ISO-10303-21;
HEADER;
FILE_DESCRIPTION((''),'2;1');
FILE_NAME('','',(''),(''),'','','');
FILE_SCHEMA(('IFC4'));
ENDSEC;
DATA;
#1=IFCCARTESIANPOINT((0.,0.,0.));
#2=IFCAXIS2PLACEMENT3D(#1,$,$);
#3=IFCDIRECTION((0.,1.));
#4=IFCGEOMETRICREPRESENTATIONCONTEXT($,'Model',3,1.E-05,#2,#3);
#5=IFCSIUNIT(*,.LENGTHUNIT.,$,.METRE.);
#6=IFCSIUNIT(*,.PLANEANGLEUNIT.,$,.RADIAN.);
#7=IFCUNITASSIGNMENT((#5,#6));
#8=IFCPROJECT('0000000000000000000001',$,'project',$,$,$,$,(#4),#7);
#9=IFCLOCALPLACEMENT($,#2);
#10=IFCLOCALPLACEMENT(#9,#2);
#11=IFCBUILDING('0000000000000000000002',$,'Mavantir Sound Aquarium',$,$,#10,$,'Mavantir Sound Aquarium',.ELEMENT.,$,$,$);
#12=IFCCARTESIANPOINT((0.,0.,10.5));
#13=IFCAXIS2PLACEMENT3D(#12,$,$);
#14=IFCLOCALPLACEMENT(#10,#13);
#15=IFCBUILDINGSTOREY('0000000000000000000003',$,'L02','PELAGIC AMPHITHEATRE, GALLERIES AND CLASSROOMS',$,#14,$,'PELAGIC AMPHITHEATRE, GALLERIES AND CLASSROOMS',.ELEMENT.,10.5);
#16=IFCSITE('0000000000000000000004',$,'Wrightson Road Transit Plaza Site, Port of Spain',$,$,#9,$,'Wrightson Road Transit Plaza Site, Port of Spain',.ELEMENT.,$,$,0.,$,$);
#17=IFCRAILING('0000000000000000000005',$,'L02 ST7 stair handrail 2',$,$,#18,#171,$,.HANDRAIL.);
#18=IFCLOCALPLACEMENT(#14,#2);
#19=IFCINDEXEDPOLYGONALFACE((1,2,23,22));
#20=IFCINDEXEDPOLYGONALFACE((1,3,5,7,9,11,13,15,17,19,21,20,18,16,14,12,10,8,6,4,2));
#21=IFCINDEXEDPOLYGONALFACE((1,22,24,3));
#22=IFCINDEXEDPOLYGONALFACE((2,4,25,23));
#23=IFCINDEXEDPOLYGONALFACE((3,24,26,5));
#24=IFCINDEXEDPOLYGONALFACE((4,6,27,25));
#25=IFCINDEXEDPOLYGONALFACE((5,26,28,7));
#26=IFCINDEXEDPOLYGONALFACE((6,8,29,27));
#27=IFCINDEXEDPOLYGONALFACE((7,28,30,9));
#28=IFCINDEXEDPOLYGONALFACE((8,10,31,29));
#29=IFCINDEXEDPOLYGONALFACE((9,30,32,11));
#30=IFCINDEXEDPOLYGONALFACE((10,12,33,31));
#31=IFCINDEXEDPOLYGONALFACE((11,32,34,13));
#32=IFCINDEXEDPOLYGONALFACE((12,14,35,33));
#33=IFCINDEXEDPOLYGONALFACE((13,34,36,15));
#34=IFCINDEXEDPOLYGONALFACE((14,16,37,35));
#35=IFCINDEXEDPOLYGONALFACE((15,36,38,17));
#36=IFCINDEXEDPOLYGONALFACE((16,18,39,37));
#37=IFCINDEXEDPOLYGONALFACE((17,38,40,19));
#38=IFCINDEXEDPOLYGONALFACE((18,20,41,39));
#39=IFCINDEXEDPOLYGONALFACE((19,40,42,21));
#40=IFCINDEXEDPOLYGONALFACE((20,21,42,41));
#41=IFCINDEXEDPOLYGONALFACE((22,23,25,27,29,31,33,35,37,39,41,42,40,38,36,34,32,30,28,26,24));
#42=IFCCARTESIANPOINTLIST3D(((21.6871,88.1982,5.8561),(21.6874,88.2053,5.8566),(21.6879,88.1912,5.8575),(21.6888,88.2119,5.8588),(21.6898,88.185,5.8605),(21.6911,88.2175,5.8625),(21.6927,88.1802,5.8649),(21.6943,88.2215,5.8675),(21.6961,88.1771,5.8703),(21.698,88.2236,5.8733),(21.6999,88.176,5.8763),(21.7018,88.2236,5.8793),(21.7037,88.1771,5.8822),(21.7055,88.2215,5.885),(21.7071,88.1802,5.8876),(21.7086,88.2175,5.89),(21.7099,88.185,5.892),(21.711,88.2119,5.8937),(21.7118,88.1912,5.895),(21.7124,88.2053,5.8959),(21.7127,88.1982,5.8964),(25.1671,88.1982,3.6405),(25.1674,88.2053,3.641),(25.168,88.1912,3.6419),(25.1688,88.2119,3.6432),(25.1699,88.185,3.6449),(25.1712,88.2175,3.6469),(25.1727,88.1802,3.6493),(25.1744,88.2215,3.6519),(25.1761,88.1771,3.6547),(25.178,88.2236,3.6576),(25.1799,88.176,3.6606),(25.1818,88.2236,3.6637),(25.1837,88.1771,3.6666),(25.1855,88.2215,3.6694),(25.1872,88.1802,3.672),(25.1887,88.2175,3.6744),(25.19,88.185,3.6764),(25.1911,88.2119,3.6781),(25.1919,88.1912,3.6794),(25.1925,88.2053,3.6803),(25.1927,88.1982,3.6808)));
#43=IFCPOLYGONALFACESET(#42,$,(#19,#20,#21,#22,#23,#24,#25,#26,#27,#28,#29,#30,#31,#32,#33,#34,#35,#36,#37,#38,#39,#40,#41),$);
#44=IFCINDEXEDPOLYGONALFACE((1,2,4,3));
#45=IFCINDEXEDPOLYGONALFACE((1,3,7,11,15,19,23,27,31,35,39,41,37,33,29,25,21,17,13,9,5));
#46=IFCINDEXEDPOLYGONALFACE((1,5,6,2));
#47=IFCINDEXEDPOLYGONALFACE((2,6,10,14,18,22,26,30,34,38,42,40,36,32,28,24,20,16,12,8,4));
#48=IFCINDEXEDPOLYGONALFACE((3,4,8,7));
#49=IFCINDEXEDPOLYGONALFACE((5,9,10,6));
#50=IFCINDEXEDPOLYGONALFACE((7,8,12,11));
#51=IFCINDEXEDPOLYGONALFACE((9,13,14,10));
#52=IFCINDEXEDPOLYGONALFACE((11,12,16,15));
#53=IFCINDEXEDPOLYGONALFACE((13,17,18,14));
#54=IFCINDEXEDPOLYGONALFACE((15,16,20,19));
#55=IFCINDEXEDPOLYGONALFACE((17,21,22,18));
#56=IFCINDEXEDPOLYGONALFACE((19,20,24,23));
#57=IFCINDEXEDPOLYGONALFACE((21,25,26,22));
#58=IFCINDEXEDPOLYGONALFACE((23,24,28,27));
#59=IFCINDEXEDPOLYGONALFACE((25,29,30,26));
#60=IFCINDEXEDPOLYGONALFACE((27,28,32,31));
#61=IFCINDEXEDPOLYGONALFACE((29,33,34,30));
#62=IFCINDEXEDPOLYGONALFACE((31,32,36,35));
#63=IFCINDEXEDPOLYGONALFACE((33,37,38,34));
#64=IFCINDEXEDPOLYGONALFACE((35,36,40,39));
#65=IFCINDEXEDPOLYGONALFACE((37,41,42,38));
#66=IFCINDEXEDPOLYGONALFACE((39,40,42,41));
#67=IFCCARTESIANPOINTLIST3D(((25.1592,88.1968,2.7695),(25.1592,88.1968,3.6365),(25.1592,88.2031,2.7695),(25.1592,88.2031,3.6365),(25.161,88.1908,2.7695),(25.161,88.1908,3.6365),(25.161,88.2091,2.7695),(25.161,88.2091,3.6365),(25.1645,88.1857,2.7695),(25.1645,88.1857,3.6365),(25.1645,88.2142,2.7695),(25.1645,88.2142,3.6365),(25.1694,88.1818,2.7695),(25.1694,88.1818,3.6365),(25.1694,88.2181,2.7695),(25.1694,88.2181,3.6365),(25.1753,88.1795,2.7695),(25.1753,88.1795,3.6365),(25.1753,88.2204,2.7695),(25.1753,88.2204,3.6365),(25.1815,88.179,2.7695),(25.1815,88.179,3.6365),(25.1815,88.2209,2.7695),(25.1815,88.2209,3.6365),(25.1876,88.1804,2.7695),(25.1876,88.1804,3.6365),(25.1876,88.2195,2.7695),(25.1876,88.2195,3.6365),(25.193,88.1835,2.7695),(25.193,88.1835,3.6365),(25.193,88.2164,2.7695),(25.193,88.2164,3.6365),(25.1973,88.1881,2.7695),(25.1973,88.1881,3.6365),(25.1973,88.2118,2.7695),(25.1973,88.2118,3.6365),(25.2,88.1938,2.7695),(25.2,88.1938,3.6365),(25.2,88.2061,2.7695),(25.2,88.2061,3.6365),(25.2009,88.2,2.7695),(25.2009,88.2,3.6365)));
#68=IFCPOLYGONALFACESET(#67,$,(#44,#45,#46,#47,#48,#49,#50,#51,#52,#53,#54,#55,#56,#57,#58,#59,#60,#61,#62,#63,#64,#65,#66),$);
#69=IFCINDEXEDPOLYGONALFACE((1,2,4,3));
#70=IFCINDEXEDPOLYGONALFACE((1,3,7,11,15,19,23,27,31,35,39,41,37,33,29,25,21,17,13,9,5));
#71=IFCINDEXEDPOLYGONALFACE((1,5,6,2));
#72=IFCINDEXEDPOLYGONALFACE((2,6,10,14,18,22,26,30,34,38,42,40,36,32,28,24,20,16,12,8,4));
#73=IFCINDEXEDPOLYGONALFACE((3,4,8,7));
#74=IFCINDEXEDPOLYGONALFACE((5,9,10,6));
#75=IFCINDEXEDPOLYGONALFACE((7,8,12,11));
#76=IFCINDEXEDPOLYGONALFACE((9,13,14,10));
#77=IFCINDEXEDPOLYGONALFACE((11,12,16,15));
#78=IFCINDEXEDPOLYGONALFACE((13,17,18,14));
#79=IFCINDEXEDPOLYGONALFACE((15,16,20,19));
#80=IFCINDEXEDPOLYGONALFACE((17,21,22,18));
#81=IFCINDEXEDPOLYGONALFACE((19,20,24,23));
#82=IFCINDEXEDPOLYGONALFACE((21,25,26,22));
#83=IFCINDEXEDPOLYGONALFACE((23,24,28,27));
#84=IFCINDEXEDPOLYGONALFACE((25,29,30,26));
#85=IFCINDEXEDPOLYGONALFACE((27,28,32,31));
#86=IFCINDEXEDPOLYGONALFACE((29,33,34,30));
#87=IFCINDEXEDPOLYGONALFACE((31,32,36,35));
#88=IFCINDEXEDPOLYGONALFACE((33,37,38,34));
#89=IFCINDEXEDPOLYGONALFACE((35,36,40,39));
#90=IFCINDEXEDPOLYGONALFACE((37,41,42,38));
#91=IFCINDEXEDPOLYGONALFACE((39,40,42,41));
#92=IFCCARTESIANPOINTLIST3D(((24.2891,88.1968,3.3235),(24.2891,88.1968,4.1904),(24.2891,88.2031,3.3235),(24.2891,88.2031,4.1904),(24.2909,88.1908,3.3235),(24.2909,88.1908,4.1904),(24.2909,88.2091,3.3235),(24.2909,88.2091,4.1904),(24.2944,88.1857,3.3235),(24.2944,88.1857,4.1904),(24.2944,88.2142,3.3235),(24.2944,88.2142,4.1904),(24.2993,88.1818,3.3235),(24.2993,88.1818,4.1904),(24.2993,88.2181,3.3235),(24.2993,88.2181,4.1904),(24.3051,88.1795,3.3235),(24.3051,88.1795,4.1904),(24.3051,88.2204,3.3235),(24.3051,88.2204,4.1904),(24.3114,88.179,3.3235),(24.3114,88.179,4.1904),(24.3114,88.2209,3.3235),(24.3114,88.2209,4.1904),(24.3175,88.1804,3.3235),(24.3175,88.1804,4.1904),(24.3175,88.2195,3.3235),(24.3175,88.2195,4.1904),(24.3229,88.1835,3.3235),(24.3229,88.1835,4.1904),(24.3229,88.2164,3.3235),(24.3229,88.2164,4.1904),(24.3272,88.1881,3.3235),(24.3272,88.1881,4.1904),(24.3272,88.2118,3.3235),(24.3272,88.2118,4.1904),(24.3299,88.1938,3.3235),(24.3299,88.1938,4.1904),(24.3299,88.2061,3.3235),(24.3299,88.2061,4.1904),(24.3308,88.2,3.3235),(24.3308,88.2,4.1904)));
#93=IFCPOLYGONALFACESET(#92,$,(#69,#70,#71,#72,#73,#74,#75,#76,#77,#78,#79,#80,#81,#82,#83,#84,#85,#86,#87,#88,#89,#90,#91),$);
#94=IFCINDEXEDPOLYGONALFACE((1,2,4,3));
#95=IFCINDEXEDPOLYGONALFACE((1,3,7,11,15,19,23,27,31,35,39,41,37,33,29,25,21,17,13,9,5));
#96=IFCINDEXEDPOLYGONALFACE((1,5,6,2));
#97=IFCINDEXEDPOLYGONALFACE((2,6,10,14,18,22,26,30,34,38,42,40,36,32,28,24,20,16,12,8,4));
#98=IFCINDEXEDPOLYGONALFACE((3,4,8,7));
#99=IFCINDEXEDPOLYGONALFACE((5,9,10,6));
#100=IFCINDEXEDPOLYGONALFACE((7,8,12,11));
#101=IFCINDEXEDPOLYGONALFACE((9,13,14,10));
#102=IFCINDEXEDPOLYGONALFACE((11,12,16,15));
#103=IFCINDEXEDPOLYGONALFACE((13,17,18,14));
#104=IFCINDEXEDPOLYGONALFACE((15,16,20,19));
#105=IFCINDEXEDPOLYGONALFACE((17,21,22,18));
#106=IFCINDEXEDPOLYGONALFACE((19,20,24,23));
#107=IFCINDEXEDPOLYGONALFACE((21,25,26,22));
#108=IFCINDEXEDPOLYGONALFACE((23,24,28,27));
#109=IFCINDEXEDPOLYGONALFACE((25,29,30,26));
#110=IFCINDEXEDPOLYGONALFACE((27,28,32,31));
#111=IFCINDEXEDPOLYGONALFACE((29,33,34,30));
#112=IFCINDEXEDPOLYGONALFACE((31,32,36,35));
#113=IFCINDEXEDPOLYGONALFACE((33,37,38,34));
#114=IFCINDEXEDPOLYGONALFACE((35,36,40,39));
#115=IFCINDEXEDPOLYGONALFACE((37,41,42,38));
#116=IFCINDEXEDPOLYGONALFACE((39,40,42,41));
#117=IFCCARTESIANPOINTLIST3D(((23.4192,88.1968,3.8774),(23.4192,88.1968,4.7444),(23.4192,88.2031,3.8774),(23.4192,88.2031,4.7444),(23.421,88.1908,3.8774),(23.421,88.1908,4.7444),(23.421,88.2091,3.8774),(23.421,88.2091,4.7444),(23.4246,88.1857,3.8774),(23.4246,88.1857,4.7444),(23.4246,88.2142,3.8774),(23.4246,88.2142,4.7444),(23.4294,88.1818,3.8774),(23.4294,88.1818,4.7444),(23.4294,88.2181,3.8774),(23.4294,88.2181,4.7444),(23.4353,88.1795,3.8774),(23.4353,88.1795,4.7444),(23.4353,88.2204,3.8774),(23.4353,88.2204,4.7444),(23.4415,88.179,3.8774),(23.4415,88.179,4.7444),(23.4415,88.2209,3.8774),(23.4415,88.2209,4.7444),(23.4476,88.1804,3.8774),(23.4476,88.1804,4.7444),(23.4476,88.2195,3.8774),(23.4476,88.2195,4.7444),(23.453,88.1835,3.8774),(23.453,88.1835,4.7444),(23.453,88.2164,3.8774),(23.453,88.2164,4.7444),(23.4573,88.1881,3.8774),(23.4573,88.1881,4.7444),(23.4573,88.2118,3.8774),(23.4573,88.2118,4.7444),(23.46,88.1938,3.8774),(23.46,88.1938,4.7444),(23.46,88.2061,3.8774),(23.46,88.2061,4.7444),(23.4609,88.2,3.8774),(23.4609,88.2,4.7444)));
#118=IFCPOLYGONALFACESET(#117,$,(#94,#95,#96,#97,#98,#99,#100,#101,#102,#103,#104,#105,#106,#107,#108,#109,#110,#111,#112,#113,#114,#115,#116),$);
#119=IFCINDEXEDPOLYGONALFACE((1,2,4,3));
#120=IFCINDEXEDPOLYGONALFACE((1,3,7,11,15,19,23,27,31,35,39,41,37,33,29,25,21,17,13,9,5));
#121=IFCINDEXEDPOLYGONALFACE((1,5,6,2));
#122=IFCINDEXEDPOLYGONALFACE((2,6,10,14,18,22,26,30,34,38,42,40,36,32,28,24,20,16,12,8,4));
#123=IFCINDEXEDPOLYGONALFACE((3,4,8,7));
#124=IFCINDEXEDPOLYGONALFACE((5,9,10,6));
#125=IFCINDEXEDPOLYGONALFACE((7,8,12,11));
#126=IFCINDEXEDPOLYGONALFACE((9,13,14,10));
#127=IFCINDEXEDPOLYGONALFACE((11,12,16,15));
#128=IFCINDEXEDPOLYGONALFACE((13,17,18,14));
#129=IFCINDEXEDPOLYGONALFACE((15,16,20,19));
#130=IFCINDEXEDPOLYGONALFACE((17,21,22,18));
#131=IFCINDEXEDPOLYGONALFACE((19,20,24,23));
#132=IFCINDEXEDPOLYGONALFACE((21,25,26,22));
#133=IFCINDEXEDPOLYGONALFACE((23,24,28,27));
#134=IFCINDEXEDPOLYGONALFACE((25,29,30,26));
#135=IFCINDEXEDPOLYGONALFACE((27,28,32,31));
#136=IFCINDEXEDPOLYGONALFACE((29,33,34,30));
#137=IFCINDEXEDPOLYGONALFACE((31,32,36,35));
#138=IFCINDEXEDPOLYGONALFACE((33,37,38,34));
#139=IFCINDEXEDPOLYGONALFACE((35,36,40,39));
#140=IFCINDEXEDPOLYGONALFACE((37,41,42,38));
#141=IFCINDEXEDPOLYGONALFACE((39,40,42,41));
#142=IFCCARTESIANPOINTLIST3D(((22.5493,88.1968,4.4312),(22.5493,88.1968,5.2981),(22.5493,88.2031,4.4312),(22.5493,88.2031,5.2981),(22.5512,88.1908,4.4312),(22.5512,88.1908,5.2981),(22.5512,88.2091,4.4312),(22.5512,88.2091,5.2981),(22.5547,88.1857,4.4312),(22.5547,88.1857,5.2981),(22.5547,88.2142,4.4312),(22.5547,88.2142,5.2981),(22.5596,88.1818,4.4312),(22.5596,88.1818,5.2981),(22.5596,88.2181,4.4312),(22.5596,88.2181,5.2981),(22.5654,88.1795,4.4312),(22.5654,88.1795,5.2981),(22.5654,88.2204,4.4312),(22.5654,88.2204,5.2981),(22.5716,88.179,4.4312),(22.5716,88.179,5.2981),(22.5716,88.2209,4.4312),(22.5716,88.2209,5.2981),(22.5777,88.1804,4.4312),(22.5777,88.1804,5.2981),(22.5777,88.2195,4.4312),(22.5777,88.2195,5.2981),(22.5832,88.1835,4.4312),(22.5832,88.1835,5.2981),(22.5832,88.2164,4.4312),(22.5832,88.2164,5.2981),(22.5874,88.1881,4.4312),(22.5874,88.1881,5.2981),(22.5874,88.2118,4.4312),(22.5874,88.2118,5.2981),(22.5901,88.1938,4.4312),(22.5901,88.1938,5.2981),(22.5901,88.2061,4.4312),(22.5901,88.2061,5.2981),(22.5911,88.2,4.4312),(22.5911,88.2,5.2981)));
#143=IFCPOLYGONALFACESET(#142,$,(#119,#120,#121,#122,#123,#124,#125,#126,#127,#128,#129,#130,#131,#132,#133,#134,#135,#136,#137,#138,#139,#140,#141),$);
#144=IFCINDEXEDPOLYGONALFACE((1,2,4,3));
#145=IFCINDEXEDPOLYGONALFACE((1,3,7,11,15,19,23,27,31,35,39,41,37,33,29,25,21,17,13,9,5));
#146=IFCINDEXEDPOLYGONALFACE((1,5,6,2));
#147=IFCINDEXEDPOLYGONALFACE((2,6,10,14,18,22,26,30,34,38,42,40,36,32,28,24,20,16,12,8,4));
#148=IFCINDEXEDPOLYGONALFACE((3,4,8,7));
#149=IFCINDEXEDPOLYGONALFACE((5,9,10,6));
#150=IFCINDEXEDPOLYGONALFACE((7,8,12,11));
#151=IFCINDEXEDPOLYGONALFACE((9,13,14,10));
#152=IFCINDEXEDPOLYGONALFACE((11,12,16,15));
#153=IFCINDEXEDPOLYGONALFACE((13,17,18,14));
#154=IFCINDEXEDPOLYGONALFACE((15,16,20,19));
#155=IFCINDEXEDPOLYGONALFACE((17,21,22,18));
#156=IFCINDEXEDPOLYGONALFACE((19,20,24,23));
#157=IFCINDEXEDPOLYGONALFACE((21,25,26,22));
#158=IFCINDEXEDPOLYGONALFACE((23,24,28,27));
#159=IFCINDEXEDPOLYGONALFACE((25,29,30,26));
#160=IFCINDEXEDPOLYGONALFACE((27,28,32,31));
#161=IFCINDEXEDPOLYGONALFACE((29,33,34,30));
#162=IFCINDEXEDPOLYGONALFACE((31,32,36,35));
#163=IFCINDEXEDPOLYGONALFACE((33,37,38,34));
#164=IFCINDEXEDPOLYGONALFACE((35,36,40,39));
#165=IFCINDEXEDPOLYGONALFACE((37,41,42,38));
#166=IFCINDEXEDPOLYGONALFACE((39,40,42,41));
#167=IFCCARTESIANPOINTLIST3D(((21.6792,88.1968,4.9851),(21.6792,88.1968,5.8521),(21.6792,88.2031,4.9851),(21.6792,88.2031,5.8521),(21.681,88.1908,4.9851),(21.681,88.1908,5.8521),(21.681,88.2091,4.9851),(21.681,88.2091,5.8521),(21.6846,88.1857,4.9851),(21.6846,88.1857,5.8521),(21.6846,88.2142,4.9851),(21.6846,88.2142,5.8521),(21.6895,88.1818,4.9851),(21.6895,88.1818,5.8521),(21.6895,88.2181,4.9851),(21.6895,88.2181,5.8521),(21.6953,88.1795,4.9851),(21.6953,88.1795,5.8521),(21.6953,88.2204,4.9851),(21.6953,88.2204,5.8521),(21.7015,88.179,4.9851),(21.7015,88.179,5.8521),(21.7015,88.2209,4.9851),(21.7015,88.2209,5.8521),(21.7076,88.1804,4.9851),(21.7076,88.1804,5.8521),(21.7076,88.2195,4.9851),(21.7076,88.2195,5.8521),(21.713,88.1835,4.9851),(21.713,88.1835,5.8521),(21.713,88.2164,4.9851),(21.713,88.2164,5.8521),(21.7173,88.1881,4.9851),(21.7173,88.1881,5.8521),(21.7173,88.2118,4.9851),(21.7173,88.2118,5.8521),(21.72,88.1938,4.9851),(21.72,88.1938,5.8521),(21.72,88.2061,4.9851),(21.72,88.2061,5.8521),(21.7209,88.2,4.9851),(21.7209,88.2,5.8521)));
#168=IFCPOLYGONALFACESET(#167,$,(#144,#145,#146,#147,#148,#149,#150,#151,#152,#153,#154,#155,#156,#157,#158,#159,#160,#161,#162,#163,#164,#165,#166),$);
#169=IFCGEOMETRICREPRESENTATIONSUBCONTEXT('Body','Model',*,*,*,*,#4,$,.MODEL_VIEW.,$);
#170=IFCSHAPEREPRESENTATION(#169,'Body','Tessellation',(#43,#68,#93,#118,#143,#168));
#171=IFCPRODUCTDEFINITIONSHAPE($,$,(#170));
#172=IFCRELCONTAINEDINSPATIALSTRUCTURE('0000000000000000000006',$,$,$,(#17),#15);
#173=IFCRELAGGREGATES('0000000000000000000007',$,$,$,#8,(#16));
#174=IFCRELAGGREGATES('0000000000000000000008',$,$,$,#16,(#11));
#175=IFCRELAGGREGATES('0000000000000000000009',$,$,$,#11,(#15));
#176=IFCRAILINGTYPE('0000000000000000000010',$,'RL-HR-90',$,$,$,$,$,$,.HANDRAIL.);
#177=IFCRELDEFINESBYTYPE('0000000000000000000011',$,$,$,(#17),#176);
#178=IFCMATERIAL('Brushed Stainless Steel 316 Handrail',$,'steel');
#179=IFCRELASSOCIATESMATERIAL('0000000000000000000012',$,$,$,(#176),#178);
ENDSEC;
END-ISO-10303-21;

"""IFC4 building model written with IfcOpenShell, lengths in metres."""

from ifc_helpers import new_model, si_unit, direction, frame, origin, origin_2d, place, context, subcontext, project, spatial, circle, extrude, material, type_object, element, save


model = new_model("IFC4")

# Units and contexts
model_context = context("Model", 3, precision=1e-05, world=origin(), true_north=direction((0.0, 1.0)))
body_context = subcontext(model_context, "Body", "Model", "MODEL_VIEW")
ifc_project = project(units=[si_unit("LENGTHUNIT", "METRE"), si_unit("PLANEANGLEUNIT", "RADIAN")], contexts=[model_context])

# Site, building, storey
site_placement = place(None, origin())
site = spatial("IfcSite", under=ifc_project, at=site_placement, Name="Wrightson Road Transit Plaza Site, Port of Spain", LongName="Wrightson Road Transit Plaza Site, Port of Spain", CompositionType="ELEMENT", RefElevation=0.0)
building_placement = place(site_placement, origin())
building = spatial("IfcBuilding", under=site, at=building_placement, Name="Mavantir Sound Aquarium", LongName="Mavantir Sound Aquarium", CompositionType="ELEMENT")
storey_placement = place(building_placement, frame((0.0, 0.0, 10.5)))
storey = spatial("IfcBuildingStorey", under=building, at=storey_placement, Name="L02", Description="PELAGIC AMPHITHEATRE, GALLERIES AND CLASSROOMS", LongName="PELAGIC AMPHITHEATRE, GALLERIES AND CLASSROOMS", CompositionType="ELEMENT", Elevation=10.5)

# Railing
ifc_material_1 = material(Name="Brushed Stainless Steel 316 Handrail", Category="steel")
railing_type_1 = type_object("IfcRailingType", Name="RL-HR-90", PredefinedType="HANDRAIL", material=ifc_material_1)
for number, where, name in (
    (1, (25.1799, 88.2, 2.7695), "L02 ST7 stair handrail 2"),
):
    element("IfcRailing", number, at=place(storey_placement, frame(where)), inside=storey, type_object=railing_type_1, Name=name, PredefinedType="HANDRAIL", context=body_context, shape_type="SweptSolid", body=[
        extrude(circle(Radius=0.0239, at=origin_2d()), frame((0.0, 0.0, 0.8911), z_axis=(-0.843547, 0.0, 0.537055), x_axis=(0.0, -1.0, 0.0)), (0.0, 0.0, 1.0), 4.1255),
        extrude(circle(Radius=0.021, at=origin_2d()), origin(), (0.0, 0.0, 1.0), 0.8669),
        extrude(circle(Radius=0.021, at=origin_2d()), frame((-0.8701, 0.0, 0.554)), (0.0, 0.0, 1.0), 0.8669),
        extrude(circle(Radius=0.021, at=origin_2d()), frame((-1.74, 0.0, 1.1079)), (0.0, 0.0, 1.0), 0.8669),
        extrude(circle(Radius=0.021, at=origin_2d()), frame((-2.6099, 0.0, 1.6616)), (0.0, 0.0, 1.0), 0.8669),
        extrude(circle(Radius=0.021, at=origin_2d()), frame((-3.48, 0.0, 2.2156)), (0.0, 0.0, 1.0), 0.8669),
    ])

save(model, "model.ifc")
